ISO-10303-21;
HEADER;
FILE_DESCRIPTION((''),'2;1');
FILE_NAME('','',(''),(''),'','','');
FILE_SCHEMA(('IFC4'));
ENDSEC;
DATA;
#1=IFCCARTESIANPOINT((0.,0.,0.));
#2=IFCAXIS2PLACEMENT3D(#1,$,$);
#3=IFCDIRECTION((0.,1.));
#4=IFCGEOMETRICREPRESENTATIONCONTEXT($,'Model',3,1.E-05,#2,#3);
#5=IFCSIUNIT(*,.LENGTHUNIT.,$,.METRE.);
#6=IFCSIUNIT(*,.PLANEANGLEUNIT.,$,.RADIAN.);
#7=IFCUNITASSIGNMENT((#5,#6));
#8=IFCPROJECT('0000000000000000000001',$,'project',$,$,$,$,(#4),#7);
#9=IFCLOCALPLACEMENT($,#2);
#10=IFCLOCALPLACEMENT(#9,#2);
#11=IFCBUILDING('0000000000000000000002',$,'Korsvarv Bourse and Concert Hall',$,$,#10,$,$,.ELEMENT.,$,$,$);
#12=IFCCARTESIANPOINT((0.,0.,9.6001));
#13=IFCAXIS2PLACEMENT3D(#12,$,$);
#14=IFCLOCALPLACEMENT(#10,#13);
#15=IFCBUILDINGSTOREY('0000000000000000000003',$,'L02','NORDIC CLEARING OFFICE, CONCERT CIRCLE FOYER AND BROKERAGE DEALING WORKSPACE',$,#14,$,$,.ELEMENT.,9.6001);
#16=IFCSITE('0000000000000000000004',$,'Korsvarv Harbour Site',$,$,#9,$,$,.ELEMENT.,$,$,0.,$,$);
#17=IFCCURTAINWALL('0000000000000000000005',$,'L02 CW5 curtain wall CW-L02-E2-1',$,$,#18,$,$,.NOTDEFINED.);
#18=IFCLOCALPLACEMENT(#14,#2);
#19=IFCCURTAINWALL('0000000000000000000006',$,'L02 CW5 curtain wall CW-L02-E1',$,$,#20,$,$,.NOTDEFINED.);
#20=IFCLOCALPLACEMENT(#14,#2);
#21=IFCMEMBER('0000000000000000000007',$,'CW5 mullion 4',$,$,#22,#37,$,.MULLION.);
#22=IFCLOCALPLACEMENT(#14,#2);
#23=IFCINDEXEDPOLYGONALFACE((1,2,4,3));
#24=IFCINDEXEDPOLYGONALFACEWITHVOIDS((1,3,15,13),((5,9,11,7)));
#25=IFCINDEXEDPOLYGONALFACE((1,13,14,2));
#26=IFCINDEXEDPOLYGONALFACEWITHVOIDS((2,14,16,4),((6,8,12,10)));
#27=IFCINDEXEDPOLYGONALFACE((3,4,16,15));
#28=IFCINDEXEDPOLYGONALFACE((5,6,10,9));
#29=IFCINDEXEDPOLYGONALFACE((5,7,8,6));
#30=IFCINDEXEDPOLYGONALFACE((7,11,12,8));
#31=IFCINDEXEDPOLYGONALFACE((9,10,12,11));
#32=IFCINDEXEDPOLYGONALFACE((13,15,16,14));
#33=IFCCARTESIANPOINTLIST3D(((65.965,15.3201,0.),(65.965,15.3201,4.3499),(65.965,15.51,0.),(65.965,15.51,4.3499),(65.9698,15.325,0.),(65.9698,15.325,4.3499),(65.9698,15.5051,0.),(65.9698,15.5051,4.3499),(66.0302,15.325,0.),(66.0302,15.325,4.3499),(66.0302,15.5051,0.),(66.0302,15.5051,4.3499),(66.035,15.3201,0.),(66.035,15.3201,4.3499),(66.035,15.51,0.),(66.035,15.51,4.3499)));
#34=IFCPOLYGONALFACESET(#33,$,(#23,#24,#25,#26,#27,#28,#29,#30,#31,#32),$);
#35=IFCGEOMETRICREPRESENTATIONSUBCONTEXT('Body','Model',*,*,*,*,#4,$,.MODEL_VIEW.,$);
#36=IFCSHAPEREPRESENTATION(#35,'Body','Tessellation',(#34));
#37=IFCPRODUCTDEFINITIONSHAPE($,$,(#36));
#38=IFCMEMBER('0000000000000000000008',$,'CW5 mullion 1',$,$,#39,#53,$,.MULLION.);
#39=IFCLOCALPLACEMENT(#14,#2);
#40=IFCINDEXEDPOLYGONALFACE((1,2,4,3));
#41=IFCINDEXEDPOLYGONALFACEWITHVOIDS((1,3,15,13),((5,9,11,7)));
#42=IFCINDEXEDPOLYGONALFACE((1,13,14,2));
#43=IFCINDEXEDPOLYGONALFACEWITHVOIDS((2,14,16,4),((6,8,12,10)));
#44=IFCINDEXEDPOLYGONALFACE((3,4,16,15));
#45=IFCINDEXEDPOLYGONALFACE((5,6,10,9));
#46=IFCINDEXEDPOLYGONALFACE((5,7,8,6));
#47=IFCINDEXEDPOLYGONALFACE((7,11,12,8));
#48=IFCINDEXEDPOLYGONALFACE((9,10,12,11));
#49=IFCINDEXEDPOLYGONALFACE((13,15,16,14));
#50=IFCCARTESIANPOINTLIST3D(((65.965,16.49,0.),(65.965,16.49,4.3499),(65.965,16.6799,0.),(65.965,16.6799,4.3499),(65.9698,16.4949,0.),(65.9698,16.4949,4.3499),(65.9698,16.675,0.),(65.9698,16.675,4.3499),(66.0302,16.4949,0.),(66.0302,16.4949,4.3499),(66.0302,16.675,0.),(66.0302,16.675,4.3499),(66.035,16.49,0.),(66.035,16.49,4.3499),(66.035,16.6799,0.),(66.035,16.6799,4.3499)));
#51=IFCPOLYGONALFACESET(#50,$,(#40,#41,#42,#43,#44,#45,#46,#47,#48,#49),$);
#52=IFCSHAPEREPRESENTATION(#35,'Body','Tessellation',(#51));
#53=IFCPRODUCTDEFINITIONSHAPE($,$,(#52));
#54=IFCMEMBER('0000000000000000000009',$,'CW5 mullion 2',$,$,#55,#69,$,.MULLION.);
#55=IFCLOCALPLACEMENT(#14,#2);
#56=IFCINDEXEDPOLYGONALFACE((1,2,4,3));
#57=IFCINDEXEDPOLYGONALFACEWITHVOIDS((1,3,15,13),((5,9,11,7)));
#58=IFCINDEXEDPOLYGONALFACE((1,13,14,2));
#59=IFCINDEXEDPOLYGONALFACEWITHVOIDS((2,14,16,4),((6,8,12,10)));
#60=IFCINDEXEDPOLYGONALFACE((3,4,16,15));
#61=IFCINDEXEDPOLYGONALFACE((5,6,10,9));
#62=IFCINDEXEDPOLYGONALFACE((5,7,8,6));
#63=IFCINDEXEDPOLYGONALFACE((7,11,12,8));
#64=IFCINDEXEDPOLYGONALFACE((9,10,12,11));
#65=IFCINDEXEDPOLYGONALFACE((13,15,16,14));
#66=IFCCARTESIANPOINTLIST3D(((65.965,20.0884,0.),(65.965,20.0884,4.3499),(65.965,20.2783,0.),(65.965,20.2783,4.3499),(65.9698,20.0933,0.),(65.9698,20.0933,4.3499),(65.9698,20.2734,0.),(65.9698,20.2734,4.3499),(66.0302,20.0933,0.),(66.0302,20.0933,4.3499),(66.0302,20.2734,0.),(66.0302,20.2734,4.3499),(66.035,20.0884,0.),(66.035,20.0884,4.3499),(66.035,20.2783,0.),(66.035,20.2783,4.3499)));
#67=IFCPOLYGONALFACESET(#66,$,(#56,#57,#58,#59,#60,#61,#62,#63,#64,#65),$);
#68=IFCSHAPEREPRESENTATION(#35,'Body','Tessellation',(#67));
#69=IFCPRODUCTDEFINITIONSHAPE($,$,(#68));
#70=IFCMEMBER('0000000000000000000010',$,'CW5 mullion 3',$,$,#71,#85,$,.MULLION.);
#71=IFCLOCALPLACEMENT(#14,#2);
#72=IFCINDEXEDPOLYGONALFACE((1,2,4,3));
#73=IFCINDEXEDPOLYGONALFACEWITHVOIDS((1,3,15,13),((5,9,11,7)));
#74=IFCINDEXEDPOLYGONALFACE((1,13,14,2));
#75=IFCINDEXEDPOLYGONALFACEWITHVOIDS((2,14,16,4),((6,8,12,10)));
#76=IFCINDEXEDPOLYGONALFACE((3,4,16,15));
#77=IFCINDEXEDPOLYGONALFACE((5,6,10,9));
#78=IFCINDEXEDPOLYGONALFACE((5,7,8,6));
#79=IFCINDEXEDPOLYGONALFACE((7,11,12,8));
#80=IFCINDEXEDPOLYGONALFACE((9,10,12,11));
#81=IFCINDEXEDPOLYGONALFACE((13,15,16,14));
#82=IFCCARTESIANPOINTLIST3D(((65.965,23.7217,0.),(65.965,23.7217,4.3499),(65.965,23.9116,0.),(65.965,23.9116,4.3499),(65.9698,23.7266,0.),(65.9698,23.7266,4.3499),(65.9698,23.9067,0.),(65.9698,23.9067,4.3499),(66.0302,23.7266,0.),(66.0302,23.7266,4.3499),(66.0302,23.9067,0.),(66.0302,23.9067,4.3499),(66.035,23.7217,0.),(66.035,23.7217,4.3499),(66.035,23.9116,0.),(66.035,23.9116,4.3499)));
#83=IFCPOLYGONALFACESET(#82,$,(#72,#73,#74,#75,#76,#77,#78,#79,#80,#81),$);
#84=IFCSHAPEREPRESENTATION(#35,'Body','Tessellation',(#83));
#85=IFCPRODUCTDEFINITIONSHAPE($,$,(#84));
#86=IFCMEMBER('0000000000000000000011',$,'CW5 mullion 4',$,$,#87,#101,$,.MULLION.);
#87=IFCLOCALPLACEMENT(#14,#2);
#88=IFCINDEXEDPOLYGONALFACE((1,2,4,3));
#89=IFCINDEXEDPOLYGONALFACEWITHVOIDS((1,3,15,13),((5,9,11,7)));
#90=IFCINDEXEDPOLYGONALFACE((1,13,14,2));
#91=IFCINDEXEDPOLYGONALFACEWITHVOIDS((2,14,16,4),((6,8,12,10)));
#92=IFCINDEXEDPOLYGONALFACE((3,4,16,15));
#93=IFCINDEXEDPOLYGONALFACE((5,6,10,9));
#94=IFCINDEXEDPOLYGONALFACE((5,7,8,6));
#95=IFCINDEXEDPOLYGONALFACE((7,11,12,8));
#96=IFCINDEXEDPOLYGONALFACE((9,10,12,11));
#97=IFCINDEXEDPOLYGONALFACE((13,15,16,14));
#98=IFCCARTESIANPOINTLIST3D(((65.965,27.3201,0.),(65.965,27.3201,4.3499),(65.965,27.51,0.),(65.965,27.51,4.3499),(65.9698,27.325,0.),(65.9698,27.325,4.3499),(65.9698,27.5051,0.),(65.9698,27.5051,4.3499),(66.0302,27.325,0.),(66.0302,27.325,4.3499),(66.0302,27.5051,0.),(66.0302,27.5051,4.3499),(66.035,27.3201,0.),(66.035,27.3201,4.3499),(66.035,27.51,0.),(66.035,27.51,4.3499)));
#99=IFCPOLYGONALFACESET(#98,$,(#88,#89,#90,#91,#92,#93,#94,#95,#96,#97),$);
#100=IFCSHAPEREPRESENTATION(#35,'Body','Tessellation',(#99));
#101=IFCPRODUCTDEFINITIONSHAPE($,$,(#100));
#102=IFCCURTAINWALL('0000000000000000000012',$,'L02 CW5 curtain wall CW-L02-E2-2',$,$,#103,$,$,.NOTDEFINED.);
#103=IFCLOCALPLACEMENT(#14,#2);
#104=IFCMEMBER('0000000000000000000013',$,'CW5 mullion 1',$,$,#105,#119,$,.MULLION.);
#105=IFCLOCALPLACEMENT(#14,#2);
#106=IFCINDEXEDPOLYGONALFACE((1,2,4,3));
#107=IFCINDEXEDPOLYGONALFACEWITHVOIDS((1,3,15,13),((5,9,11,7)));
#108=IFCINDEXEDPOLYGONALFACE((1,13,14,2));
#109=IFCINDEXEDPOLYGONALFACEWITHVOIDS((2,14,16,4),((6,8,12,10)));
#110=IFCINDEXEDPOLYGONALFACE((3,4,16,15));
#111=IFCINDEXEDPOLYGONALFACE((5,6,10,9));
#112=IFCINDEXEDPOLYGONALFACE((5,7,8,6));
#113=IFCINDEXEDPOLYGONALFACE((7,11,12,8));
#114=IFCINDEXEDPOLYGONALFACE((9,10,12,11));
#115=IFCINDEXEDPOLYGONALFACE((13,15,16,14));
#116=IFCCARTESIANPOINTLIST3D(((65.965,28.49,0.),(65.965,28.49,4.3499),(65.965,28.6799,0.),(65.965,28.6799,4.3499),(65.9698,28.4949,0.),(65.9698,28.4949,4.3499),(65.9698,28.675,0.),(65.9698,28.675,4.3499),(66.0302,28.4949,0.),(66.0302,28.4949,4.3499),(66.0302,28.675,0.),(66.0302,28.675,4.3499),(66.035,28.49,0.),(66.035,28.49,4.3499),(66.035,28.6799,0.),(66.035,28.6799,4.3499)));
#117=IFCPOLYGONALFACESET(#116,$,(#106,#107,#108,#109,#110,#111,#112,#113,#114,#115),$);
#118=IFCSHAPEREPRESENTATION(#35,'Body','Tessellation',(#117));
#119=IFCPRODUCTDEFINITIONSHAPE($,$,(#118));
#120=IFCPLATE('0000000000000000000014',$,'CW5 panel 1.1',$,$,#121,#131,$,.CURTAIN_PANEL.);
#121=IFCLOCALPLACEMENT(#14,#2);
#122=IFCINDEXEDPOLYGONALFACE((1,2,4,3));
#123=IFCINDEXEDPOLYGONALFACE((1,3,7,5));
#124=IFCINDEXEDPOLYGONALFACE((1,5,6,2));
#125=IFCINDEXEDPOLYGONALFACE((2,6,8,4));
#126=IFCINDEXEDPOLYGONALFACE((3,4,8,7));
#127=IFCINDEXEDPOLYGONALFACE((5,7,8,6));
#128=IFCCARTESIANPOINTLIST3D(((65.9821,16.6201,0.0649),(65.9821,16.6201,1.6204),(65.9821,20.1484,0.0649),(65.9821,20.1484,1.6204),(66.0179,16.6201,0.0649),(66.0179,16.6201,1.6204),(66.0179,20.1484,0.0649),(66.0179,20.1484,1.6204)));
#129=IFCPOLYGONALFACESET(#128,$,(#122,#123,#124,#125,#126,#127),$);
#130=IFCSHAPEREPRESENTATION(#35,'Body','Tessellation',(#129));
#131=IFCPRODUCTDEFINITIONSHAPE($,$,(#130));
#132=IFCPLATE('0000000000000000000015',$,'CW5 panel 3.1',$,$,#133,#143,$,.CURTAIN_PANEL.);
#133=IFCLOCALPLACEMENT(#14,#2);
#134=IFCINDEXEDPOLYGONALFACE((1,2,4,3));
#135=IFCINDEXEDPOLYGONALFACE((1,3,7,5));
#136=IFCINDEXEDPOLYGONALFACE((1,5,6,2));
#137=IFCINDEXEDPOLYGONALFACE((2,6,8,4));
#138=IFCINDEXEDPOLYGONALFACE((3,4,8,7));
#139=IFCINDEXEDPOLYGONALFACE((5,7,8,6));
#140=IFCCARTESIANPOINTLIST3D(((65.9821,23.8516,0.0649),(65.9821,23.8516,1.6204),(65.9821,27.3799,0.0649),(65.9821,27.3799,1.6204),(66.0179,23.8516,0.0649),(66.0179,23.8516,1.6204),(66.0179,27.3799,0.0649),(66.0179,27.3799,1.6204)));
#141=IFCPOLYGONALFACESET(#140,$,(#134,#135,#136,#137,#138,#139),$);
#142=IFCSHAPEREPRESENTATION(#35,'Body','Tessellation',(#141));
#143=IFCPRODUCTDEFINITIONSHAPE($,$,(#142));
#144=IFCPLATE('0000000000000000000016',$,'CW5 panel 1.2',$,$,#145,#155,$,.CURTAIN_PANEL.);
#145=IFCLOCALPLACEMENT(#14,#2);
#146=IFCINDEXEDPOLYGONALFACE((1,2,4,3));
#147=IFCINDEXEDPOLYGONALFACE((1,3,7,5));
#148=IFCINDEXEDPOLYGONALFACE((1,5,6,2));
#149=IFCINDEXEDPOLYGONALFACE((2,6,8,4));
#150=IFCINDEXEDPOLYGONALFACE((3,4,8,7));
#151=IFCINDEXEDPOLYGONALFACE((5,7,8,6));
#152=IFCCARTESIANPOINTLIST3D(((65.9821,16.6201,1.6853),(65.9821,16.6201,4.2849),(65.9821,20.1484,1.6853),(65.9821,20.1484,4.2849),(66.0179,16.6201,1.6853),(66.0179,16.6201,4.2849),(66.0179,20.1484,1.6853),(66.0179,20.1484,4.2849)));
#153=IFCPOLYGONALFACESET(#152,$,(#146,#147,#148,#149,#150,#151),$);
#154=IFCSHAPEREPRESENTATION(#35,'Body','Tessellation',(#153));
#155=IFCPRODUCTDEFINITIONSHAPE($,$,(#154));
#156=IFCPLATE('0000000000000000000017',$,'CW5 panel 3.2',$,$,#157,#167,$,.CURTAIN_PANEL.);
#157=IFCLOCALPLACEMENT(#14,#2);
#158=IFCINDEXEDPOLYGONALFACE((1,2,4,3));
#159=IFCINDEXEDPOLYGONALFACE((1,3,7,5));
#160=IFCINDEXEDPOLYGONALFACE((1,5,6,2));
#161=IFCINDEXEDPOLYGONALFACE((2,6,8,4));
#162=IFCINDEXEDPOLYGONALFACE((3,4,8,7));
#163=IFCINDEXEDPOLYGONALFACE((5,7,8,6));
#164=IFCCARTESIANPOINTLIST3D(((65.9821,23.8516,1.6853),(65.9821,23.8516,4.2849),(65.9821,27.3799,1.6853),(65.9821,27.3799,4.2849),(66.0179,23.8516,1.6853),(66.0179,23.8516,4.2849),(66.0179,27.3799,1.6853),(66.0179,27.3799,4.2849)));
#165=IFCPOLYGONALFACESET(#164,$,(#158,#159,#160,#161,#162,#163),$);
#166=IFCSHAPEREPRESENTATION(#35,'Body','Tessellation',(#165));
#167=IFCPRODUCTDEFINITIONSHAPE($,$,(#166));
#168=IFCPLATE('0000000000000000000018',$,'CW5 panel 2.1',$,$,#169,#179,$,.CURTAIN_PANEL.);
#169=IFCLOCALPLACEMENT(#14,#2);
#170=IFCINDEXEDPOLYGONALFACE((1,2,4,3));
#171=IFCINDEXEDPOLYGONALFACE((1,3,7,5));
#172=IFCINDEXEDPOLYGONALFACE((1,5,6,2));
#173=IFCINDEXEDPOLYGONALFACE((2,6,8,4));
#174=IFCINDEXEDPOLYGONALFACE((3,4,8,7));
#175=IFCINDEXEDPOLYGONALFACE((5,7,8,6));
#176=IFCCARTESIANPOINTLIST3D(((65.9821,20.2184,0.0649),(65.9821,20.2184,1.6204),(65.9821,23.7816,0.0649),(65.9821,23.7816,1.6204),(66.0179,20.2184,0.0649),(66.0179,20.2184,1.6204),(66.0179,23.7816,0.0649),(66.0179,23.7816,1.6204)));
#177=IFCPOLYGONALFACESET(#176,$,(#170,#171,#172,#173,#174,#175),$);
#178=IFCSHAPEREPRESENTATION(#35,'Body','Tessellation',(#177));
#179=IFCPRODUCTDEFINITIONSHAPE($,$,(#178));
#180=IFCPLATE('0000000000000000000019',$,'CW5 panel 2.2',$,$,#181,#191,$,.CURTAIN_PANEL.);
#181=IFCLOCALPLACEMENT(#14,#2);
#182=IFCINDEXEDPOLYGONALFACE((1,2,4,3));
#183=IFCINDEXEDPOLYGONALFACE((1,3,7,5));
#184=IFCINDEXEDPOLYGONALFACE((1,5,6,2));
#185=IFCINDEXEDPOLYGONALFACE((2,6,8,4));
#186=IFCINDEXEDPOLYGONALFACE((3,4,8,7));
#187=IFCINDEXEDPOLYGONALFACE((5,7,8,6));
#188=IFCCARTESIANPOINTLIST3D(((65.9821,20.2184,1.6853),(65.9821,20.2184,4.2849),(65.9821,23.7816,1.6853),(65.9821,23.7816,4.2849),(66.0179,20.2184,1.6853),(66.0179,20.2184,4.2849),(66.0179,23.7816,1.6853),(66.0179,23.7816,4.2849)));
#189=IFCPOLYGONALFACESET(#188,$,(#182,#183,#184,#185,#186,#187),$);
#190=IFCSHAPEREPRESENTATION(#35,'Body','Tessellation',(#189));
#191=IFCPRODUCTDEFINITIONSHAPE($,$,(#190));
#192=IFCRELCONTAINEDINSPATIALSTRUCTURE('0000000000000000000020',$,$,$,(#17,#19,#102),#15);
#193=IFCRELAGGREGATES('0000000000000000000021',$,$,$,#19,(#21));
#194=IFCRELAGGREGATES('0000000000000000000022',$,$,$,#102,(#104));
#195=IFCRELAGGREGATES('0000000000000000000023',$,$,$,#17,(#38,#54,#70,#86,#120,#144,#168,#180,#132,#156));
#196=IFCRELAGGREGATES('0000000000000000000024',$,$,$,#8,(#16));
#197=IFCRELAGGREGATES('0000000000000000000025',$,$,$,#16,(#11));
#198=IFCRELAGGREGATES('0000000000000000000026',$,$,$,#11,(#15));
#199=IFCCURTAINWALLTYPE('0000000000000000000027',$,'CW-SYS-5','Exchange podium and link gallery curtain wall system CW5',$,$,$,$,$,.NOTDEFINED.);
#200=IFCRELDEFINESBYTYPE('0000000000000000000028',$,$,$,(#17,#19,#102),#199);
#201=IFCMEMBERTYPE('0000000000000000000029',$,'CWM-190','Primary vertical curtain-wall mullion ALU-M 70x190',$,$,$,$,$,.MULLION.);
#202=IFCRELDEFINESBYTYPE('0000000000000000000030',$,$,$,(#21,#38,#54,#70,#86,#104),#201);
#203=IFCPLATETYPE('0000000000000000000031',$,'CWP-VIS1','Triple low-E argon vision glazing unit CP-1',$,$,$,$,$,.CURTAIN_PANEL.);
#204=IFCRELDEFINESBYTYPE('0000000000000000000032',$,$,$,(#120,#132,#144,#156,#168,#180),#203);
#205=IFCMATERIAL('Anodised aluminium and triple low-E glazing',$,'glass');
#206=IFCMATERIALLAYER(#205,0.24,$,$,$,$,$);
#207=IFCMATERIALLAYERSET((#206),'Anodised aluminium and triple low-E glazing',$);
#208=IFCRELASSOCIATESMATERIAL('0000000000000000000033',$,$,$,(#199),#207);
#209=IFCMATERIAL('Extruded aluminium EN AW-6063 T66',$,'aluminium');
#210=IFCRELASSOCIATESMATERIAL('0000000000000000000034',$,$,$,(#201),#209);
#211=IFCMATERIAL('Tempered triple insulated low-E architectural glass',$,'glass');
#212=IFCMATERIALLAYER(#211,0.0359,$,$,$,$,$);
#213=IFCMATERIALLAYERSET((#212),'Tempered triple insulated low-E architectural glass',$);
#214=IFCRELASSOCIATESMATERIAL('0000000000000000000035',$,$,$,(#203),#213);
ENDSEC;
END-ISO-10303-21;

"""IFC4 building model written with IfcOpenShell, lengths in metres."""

from ifc_helpers import new_model, si_unit, direction, frame, origin, origin_2d, place, context, subcontext, project, spatial, rectangle, hollow_rectangle, extrude, source, transform, mapped, material, layer, layer_set, material_profile, profile_set, type_object, element, aggregate, save


model = new_model("IFC4")

# Units and contexts
model_context = context("Model", 3, precision=1e-05, world=origin(), true_north=direction((0.0, 1.0)))
body_context = subcontext(model_context, "Body", "Model", "MODEL_VIEW")
ifc_project = project(units=[si_unit("LENGTHUNIT", "METRE"), si_unit("PLANEANGLEUNIT", "RADIAN")], contexts=[model_context])

# Site, building, storey
site_placement = place(None, origin())
site = spatial("IfcSite", under=ifc_project, at=site_placement, Name="Korsvarv Harbour Site", CompositionType="ELEMENT", RefElevation=0.0)
building_placement = place(site_placement, origin())
building = spatial("IfcBuilding", under=site, at=building_placement, Name="Korsvarv Bourse and Concert Hall", CompositionType="ELEMENT")
storey_placement = place(building_placement, frame((0.0, 0.0, 9.6001)))
storey = spatial("IfcBuildingStorey", under=building, at=storey_placement, Name="L02", Description="NORDIC CLEARING OFFICE, CONCERT CIRCLE FOYER AND BROKERAGE DEALING WORKSPACE", CompositionType="ELEMENT", Elevation=9.6001)

# Curtain wall
ifc_material_1 = material(Name="Anodised aluminium and triple low-E glazing", Category="glass")
ifc_layer_1 = layer(ifc_material_1, 0.24)
ifc_layer_set_1 = layer_set([ifc_layer_1], Name="Anodised aluminium and triple low-E glazing")
curtain_wall_type = type_object("IfcCurtainWallType", Name="CW-SYS-5", Description="Exchange podium and link gallery curtain wall system CW5", PredefinedType="NOTDEFINED", material=ifc_layer_set_1)
curtain_wall_1_placement = place(storey_placement, origin())
curtain_wall_1 = element("IfcCurtainWall", 1, at=curtain_wall_1_placement, inside=storey, type_object=curtain_wall_type, Name="L02 CW5 curtain wall CW-L02-E2-1", PredefinedType="NOTDEFINED")
ifc_material_2 = material(Name="Extruded aluminium EN AW-6063 T66", Category="aluminium")

# Curtain wall, member
curtain_wall_2_placement = place(storey_placement, origin())
curtain_wall_2 = element("IfcCurtainWall", 2, at=curtain_wall_2_placement, inside=storey, type_object=curtain_wall_type, Name="L02 CW5 curtain wall CW-L02-E1", PredefinedType="NOTDEFINED")
ifc_material_profile_1 = material_profile(ifc_material_2, hollow_rectangle(XDim=0.0701, YDim=0.1899, WallThickness=0.0049, at=origin_2d()), Name="ALU-M 70x190")
ifc_profile_set_1 = profile_set([ifc_material_profile_1], Name="Extruded aluminium EN AW-6063 T66")
member_type_1 = type_object("IfcMemberType", Name="CWM-190", Description="Primary vertical curtain-wall mullion ALU-M 70x190", PredefinedType="MULLION", material=ifc_profile_set_1)
shared_shape_1 = source(origin(), body_context, "Body", "SweptSolid", [
    extrude(hollow_rectangle(XDim=0.0701, YDim=0.1899, WallThickness=0.0049, at=origin_2d()), origin(), (0.0, 0.0, 1.0), 4.3499),
])
member_1_placement = place(storey_placement, frame((66.0, 15.415, 0.0), z_axis=(0.0, 0.0, 1.0), x_axis=(-1.0, 0.0, 0.0)))
member_1 = element("IfcMember", 3, at=member_1_placement, type_object=member_type_1, Name="CW5 mullion 4", PredefinedType="MULLION", context=body_context, shape_type="MappedRepresentation", body=[
    mapped(shared_shape_1, transform((0.0, 0.0, 0.0), scale=1.0)),
])
aggregate(curtain_wall_2, [member_1])

# Members
member_2_placement = place(storey_placement, frame((66.0, 16.585, 0.0), z_axis=(0.0, 0.0, 1.0), x_axis=(-1.0, 0.0, 0.0)))
member_2 = element("IfcMember", 4, at=member_2_placement, type_object=member_type_1, Name="CW5 mullion 1", PredefinedType="MULLION", context=body_context, shape_type="MappedRepresentation", body=[
    mapped(shared_shape_1, transform((0.0, 0.0, 0.0), scale=1.0)),
])
member_3_placement = place(storey_placement, frame((66.0, 20.1833, 0.0), z_axis=(0.0, 0.0, 1.0), x_axis=(-1.0, 0.0, 0.0)))
member_3 = element("IfcMember", 5, at=member_3_placement, type_object=member_type_1, Name="CW5 mullion 2", PredefinedType="MULLION", context=body_context, shape_type="MappedRepresentation", body=[
    mapped(shared_shape_1, transform((0.0, 0.0, 0.0), scale=1.0)),
])
member_4_placement = place(storey_placement, frame((66.0, 23.8167, 0.0), z_axis=(0.0, 0.0, 1.0), x_axis=(-1.0, 0.0, 0.0)))
member_4 = element("IfcMember", 6, at=member_4_placement, type_object=member_type_1, Name="CW5 mullion 3", PredefinedType="MULLION", context=body_context, shape_type="MappedRepresentation", body=[
    mapped(shared_shape_1, transform((0.0, 0.0, 0.0), scale=1.0)),
])
member_5_placement = place(storey_placement, frame((66.0, 27.415, 0.0), z_axis=(0.0, 0.0, 1.0), x_axis=(-1.0, 0.0, 0.0)))
member_5 = element("IfcMember", 7, at=member_5_placement, type_object=member_type_1, Name="CW5 mullion 4", PredefinedType="MULLION", context=body_context, shape_type="MappedRepresentation", body=[
    mapped(shared_shape_1, transform((0.0, 0.0, 0.0), scale=1.0)),
])

# Curtain wall, member
curtain_wall_3_placement = place(storey_placement, origin())
curtain_wall_3 = element("IfcCurtainWall", 8, at=curtain_wall_3_placement, inside=storey, type_object=curtain_wall_type, Name="L02 CW5 curtain wall CW-L02-E2-2", PredefinedType="NOTDEFINED")
member_6_placement = place(storey_placement, frame((66.0, 28.585, 0.0), z_axis=(0.0, 0.0, 1.0), x_axis=(-1.0, 0.0, 0.0)))
member_6 = element("IfcMember", 9, at=member_6_placement, type_object=member_type_1, Name="CW5 mullion 1", PredefinedType="MULLION", context=body_context, shape_type="MappedRepresentation", body=[
    mapped(shared_shape_1, transform((0.0, 0.0, 0.0), scale=1.0)),
])
aggregate(curtain_wall_3, [member_6])

# Plates
ifc_material_3 = material(Name="Tempered triple insulated low-E architectural glass", Category="glass")
ifc_layer_2 = layer(ifc_material_3, 0.0359)
ifc_layer_set_2 = layer_set([ifc_layer_2], Name="Tempered triple insulated low-E architectural glass")
plate_type = type_object("IfcPlateType", Name="CWP-VIS1", Description="Triple low-E argon vision glazing unit CP-1", PredefinedType="CURTAIN_PANEL", material=ifc_layer_set_2)
shared_shape_2 = source(origin(), body_context, "Body", "SweptSolid", [
    extrude(rectangle(XDim=3.5283, YDim=0.0359, at=origin_2d()), origin(), (0.0, 0.0, 1.0), 1.5554),
])
plate_1_placement = place(storey_placement, frame((66.0, 18.3843, 0.0649), z_axis=(0.0, 0.0, 1.0), x_axis=(0.0, 1.0, 0.0)))
plate_1 = element("IfcPlate", 10, at=plate_1_placement, type_object=plate_type, Name="CW5 panel 1.1", PredefinedType="CURTAIN_PANEL", context=body_context, shape_type="MappedRepresentation", body=[
    mapped(shared_shape_2, transform((0.0, 0.0, 0.0), scale=1.0)),
])
plate_2_placement = place(storey_placement, frame((66.0, 25.6157, 0.0649), z_axis=(0.0, 0.0, 1.0), x_axis=(0.0, 1.0, 0.0)))
plate_2 = element("IfcPlate", 11, at=plate_2_placement, type_object=plate_type, Name="CW5 panel 3.1", PredefinedType="CURTAIN_PANEL", context=body_context, shape_type="MappedRepresentation", body=[
    mapped(shared_shape_2, transform((0.0, 0.0, 0.0), scale=1.0)),
])
shared_shape_3 = source(origin(), body_context, "Body", "SweptSolid", [
    extrude(rectangle(XDim=3.5283, YDim=0.0359, at=origin_2d()), origin(), (0.0, 0.0, 1.0), 2.5996),
])
plate_3_placement = place(storey_placement, frame((66.0, 18.3843, 1.6853), z_axis=(0.0, 0.0, 1.0), x_axis=(0.0, 1.0, 0.0)))
plate_3 = element("IfcPlate", 12, at=plate_3_placement, type_object=plate_type, Name="CW5 panel 1.2", PredefinedType="CURTAIN_PANEL", context=body_context, shape_type="MappedRepresentation", body=[
    mapped(shared_shape_3, transform((0.0, 0.0, 0.0), scale=1.0)),
])
plate_4_placement = place(storey_placement, frame((66.0, 25.6157, 1.6853), z_axis=(0.0, 0.0, 1.0), x_axis=(0.0, 1.0, 0.0)))
plate_4 = element("IfcPlate", 13, at=plate_4_placement, type_object=plate_type, Name="CW5 panel 3.2", PredefinedType="CURTAIN_PANEL", context=body_context, shape_type="MappedRepresentation", body=[
    mapped(shared_shape_3, transform((0.0, 0.0, 0.0), scale=1.0)),
])
shared_shape_4 = source(origin(), body_context, "Body", "SweptSolid", [
    extrude(rectangle(XDim=3.5632, YDim=0.0359, at=origin_2d()), origin(), (0.0, 0.0, 1.0), 1.5554),
])
plate_5_placement = place(storey_placement, frame((66.0, 22.0, 0.0649), z_axis=(0.0, 0.0, 1.0), x_axis=(0.0, 1.0, 0.0)))
plate_5 = element("IfcPlate", 14, at=plate_5_placement, type_object=plate_type, Name="CW5 panel 2.1", PredefinedType="CURTAIN_PANEL", context=body_context, shape_type="MappedRepresentation", body=[
    mapped(shared_shape_4, transform((0.0, 0.0, 0.0), scale=1.0)),
])
shared_shape_5 = source(origin(), body_context, "Body", "SweptSolid", [
    extrude(rectangle(XDim=3.5632, YDim=0.0359, at=origin_2d()), origin(), (0.0, 0.0, 1.0), 2.5996),
])
plate_6_placement = place(storey_placement, frame((66.0, 22.0, 1.6853), z_axis=(0.0, 0.0, 1.0), x_axis=(0.0, 1.0, 0.0)))
plate_6 = element("IfcPlate", 15, at=plate_6_placement, type_object=plate_type, Name="CW5 panel 2.2", PredefinedType="CURTAIN_PANEL", context=body_context, shape_type="MappedRepresentation", body=[
    mapped(shared_shape_5, transform((0.0, 0.0, 0.0), scale=1.0)),
])
aggregate(curtain_wall_1, [member_2, member_3, member_4, member_5, plate_1, plate_3, plate_5, plate_6, plate_2, plate_4])

save(model, "model.ifc")
